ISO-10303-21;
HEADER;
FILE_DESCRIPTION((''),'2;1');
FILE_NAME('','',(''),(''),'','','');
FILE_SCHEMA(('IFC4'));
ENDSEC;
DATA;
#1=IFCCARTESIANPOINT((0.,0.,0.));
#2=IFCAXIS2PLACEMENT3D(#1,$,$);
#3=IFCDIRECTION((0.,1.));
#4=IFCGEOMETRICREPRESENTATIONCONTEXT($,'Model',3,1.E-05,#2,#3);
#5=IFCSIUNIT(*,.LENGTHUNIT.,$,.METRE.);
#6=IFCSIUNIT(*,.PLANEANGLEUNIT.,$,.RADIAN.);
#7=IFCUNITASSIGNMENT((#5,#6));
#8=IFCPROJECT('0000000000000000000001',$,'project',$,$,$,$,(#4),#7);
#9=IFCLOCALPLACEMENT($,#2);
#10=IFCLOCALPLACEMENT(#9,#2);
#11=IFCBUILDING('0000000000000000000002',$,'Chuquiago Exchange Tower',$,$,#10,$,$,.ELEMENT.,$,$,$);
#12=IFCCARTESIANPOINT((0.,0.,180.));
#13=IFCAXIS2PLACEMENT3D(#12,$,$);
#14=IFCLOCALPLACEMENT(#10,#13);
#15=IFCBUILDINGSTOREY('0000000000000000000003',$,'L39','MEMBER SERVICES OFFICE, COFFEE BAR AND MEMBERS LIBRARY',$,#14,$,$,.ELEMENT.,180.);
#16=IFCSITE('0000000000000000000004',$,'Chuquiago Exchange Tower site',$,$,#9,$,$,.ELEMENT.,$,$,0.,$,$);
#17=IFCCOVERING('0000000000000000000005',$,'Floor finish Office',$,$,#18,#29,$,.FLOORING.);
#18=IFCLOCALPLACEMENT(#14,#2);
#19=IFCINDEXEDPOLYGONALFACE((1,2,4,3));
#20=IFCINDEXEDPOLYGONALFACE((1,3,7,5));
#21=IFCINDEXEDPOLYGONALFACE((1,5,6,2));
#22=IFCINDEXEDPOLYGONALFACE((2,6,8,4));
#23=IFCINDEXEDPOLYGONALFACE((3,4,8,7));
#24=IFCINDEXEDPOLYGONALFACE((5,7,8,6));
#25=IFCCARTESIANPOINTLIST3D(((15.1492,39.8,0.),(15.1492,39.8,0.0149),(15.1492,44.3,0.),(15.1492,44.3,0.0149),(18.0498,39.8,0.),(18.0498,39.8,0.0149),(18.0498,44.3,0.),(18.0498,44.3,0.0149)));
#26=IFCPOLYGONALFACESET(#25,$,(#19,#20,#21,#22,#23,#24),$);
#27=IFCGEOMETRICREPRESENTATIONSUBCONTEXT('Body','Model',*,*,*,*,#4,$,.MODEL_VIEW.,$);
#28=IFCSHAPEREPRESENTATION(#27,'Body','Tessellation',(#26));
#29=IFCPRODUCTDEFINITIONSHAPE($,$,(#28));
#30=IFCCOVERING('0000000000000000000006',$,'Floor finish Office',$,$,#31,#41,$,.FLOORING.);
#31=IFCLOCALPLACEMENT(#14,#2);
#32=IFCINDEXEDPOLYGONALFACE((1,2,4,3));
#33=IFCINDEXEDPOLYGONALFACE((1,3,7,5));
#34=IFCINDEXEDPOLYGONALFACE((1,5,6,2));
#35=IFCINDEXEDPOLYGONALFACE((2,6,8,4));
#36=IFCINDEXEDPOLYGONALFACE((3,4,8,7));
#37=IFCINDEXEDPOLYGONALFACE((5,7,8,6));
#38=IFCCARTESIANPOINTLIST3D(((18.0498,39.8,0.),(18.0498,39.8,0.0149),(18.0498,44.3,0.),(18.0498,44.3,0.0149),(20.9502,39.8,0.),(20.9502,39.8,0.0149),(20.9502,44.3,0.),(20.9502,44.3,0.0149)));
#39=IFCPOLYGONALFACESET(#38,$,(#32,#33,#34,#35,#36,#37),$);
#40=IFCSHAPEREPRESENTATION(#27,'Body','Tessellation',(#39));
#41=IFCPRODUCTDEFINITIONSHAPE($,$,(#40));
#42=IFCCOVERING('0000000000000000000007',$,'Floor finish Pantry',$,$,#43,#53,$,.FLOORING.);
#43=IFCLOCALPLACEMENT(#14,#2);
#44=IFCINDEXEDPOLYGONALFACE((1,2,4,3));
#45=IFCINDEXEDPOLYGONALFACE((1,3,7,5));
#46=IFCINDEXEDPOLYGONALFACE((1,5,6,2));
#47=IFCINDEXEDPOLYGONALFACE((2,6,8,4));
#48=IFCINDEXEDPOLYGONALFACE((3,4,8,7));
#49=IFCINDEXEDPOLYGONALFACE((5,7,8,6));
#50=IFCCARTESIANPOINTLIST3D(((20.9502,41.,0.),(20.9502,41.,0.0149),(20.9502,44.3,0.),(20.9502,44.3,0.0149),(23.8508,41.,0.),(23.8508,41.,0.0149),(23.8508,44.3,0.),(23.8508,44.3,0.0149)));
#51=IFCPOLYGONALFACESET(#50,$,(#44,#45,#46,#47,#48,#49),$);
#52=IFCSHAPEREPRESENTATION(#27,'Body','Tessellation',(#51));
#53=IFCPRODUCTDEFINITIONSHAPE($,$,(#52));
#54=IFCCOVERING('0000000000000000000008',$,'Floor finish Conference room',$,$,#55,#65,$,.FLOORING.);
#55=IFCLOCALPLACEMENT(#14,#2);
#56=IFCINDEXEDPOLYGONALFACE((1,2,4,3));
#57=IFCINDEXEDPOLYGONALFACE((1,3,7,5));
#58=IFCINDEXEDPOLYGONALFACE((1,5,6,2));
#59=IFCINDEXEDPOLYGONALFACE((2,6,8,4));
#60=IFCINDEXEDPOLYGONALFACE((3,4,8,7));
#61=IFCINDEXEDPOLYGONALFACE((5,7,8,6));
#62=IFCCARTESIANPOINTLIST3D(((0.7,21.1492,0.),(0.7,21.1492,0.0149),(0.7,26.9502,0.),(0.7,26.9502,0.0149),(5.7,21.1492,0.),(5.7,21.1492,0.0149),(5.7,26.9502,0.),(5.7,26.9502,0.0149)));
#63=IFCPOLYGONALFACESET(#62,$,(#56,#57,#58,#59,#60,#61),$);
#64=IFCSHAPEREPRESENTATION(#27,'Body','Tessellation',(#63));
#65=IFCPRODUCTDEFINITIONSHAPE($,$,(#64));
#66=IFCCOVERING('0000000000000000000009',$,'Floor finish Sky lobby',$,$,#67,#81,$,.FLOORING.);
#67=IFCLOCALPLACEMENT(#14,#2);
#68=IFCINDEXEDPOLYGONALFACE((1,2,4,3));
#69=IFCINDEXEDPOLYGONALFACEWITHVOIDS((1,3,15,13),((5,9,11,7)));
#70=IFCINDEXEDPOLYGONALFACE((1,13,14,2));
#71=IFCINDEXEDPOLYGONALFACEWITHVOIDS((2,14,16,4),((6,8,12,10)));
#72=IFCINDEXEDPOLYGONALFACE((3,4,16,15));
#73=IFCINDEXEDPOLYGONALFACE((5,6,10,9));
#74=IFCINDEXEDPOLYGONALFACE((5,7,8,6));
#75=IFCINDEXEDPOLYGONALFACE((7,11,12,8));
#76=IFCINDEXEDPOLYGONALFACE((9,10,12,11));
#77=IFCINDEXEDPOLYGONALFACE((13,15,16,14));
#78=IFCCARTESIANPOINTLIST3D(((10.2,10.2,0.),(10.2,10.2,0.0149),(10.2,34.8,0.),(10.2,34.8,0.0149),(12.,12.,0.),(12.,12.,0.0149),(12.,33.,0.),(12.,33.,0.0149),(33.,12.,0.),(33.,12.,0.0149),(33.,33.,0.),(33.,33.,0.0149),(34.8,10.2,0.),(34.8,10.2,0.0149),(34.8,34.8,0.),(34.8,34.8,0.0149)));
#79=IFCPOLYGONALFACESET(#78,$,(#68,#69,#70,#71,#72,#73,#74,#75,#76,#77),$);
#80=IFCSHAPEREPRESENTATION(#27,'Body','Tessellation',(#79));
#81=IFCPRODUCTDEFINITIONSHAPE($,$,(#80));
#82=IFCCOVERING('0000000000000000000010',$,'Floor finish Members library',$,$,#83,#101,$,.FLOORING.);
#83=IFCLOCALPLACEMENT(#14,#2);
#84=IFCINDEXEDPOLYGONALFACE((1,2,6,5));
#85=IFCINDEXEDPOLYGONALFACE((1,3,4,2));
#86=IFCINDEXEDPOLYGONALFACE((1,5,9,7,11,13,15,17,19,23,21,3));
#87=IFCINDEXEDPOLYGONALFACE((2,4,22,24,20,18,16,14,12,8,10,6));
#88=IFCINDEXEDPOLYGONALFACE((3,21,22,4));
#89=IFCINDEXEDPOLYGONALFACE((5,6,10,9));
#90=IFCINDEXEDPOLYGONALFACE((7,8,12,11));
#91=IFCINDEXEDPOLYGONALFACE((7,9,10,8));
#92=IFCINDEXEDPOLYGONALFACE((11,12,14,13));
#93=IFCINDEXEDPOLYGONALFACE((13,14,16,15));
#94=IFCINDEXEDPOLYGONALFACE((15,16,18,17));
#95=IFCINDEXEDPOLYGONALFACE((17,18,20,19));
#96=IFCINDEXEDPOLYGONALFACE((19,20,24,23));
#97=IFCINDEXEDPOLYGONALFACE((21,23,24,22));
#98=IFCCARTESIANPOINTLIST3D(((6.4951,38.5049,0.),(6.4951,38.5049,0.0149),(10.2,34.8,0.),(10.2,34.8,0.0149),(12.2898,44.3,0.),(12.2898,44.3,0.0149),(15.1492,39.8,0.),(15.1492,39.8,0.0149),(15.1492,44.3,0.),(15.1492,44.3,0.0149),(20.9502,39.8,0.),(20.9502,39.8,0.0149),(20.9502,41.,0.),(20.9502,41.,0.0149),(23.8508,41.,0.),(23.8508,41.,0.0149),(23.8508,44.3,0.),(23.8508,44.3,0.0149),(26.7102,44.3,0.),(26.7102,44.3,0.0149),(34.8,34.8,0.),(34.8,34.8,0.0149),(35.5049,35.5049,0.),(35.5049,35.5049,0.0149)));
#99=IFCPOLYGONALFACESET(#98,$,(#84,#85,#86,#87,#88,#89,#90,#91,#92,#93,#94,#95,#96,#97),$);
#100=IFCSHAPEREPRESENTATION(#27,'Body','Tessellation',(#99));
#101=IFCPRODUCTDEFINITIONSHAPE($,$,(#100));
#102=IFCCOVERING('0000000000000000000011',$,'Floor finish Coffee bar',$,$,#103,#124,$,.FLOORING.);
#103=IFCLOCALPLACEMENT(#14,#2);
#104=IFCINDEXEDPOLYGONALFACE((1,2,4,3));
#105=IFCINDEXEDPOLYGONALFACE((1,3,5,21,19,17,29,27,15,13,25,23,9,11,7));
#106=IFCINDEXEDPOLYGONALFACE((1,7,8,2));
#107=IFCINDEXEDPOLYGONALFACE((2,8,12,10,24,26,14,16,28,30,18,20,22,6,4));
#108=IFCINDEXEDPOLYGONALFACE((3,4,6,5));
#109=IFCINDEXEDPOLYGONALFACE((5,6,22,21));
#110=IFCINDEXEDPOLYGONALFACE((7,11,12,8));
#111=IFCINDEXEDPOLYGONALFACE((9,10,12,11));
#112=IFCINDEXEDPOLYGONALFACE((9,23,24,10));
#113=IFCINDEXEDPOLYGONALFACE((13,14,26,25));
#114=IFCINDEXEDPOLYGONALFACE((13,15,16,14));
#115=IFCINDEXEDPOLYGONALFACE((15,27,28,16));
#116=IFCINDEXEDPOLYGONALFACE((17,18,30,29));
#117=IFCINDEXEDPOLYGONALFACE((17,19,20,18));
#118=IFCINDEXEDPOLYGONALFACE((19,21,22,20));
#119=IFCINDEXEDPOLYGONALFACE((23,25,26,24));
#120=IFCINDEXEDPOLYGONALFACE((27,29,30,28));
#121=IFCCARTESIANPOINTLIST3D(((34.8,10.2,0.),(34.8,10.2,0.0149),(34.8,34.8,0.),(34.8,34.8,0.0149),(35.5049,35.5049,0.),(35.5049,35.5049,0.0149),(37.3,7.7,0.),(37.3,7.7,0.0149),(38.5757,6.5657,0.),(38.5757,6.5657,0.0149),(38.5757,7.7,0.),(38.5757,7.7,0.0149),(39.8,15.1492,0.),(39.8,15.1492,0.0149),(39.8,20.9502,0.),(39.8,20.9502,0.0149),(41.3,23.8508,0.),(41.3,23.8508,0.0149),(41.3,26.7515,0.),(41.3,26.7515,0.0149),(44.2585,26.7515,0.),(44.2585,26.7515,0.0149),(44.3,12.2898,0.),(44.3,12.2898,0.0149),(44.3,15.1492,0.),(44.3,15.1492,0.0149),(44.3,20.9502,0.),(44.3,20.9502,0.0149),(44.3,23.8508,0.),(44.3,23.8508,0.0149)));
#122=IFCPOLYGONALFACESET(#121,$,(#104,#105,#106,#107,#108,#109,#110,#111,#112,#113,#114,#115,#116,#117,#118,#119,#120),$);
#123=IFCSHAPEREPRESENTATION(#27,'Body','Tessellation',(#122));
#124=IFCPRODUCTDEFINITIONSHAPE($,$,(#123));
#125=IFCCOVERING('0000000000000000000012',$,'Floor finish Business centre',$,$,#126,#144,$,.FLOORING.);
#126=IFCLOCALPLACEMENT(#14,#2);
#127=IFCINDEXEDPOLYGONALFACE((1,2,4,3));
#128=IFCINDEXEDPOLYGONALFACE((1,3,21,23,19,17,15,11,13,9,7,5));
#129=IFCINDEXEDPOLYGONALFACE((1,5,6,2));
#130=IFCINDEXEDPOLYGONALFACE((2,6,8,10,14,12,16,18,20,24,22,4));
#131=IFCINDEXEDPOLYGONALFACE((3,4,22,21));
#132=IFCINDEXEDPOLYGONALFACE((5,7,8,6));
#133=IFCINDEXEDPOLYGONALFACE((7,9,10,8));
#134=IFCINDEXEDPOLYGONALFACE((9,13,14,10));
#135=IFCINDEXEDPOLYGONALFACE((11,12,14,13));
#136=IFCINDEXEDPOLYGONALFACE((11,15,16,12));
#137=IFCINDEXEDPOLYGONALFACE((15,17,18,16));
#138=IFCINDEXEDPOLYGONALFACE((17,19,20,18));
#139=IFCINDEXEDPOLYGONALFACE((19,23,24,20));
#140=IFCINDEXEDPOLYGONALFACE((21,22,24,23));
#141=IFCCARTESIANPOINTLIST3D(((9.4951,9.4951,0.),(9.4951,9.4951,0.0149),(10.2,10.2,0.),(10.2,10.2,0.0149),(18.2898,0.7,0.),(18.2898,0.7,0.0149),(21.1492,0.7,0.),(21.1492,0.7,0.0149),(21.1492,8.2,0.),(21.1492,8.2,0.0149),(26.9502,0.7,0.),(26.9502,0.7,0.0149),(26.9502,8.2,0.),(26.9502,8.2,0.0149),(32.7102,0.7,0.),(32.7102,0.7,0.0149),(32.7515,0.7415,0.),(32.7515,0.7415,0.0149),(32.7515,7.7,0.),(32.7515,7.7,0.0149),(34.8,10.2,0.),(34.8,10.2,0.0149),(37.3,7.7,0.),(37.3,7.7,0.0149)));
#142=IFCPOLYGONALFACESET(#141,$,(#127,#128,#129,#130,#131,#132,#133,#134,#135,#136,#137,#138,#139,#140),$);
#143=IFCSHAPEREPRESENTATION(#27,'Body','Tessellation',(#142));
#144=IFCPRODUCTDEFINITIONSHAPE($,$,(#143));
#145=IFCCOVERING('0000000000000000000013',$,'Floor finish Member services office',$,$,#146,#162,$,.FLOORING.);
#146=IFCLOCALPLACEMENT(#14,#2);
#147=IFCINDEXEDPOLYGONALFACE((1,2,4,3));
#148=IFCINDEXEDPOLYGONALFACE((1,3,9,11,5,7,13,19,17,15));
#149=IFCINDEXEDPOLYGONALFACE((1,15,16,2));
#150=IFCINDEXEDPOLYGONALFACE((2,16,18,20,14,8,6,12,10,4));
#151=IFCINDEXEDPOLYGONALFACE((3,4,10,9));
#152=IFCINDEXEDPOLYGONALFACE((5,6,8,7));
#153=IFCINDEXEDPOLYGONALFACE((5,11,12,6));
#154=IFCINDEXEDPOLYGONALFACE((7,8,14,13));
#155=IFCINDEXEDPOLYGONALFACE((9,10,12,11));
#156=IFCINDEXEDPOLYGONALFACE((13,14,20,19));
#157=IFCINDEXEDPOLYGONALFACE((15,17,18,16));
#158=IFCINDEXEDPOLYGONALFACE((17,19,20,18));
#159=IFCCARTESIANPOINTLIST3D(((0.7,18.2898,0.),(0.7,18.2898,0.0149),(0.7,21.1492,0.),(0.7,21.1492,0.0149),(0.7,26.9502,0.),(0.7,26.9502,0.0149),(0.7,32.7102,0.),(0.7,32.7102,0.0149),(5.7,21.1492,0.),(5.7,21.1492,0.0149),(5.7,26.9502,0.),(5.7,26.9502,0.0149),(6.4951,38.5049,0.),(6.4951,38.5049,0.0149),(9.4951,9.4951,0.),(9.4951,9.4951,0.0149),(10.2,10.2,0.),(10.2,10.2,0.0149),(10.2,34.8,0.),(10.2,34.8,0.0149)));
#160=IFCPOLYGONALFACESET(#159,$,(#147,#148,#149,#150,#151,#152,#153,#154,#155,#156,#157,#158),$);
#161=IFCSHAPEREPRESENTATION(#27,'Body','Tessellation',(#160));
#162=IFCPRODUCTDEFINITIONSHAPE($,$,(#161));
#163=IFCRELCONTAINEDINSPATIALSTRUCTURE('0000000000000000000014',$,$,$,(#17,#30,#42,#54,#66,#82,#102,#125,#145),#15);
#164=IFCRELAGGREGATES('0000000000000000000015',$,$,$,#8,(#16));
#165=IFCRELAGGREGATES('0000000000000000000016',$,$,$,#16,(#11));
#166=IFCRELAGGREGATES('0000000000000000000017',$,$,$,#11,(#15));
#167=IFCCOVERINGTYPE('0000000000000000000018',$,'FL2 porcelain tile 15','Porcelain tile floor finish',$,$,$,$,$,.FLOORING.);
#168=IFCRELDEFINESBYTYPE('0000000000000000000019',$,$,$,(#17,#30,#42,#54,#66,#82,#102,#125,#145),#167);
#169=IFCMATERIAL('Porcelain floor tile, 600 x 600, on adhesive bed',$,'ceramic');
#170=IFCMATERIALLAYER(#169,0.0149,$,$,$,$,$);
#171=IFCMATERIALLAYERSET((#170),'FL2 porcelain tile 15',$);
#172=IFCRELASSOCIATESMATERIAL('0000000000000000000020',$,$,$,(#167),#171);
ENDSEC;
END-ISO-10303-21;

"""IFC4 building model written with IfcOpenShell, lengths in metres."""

from ifc_helpers import new_model, si_unit, direction, frame, origin, place, context, subcontext, project, spatial, polyline, outline, extrude, material, layer, layer_set, type_object, element, save


model = new_model("IFC4")

# Units and contexts
model_context = context("Model", 3, precision=1e-05, world=origin(), true_north=direction((0.0, 1.0)))
body_context = subcontext(model_context, "Body", "Model", "MODEL_VIEW")
ifc_project = project(units=[si_unit("LENGTHUNIT", "METRE"), si_unit("PLANEANGLEUNIT", "RADIAN")], contexts=[model_context])

# Site, building, storey
site_placement = place(None, origin())
site = spatial("IfcSite", under=ifc_project, at=site_placement, Name="Chuquiago Exchange Tower site", CompositionType="ELEMENT", RefElevation=0.0)
building_placement = place(site_placement, origin())
building = spatial("IfcBuilding", under=site, at=building_placement, Name="Chuquiago Exchange Tower", CompositionType="ELEMENT")
storey_placement = place(building_placement, frame((0.0, 0.0, 180.0)))
storey = spatial("IfcBuildingStorey", under=building, at=storey_placement, Name="L39", Description="MEMBER SERVICES OFFICE, COFFEE BAR AND MEMBERS LIBRARY", CompositionType="ELEMENT", Elevation=180.0)

# Coverings
ifc_material_1 = material(Name="Porcelain floor tile, 600 x 600, on adhesive bed", Category="ceramic")
ifc_layer_1 = layer(ifc_material_1, 0.0149)
ifc_layer_set_1 = layer_set([ifc_layer_1], Name="FL2 porcelain tile 15")
covering_type = type_object("IfcCoveringType", Name="FL2 porcelain tile 15", Description="Porcelain tile floor finish", PredefinedType="FLOORING", material=ifc_layer_set_1)
covering_1_placement = place(storey_placement, origin())
element("IfcCovering", 1, at=covering_1_placement, inside=storey, type_object=covering_type, Name="Floor finish Office", PredefinedType="FLOORING", context=body_context, shape_type="SweptSolid", body=[
    extrude(outline(polyline([(18.0498, 44.3), (18.0498, 39.8), (15.1492, 39.8), (15.1492, 44.3), (18.0498, 44.3)])), origin(), (0.0, 0.0, 1.0), 0.0149),
])
covering_2_placement = place(storey_placement, origin())
element("IfcCovering", 2, at=covering_2_placement, inside=storey, type_object=covering_type, Name="Floor finish Office", PredefinedType="FLOORING", context=body_context, shape_type="SweptSolid", body=[
    extrude(outline(polyline([(20.9502, 44.3), (20.9502, 39.8), (18.0498, 39.8), (18.0498, 44.3), (20.9502, 44.3)])), origin(), (0.0, 0.0, 1.0), 0.0149),
])
covering_3_placement = place(storey_placement, origin())
element("IfcCovering", 3, at=covering_3_placement, inside=storey, type_object=covering_type, Name="Floor finish Pantry", PredefinedType="FLOORING", context=body_context, shape_type="SweptSolid", body=[
    extrude(outline(polyline([(23.8508, 44.3), (23.8508, 41.0), (20.9502, 41.0), (20.9502, 44.3), (23.8508, 44.3)])), origin(), (0.0, 0.0, 1.0), 0.0149),
])
covering_4_placement = place(storey_placement, origin())
element("IfcCovering", 4, at=covering_4_placement, inside=storey, type_object=covering_type, Name="Floor finish Conference room", PredefinedType="FLOORING", context=body_context, shape_type="SweptSolid", body=[
    extrude(outline(polyline([(0.7, 26.9502), (5.7, 26.9502), (5.7, 21.1492), (0.7, 21.1492), (0.7, 26.9502)])), origin(), (0.0, 0.0, 1.0), 0.0149),
])
covering_5_placement = place(storey_placement, origin())
element("IfcCovering", 5, at=covering_5_placement, inside=storey, type_object=covering_type, Name="Floor finish Sky lobby", PredefinedType="FLOORING", context=body_context, shape_type="SweptSolid", body=[
    extrude(outline(polyline([(10.2, 10.2), (10.2, 34.8), (34.8, 34.8), (34.8, 10.2), (10.2, 10.2)]), holes=[polyline([(12.0, 12.0), (33.0, 12.0), (33.0, 33.0), (12.0, 33.0), (12.0, 12.0)])]), origin(), (0.0, 0.0, 1.0), 0.0149),
])
covering_6_placement = place(storey_placement, origin())
element("IfcCovering", 6, at=covering_6_placement, inside=storey, type_object=covering_type, Name="Floor finish Members library", PredefinedType="FLOORING", context=body_context, shape_type="SweptSolid", body=[
    extrude(outline(polyline([(12.2898, 44.3), (15.1492, 44.3), (15.1492, 39.8), (20.9502, 39.8), (20.9502, 41.0), (23.8508, 41.0), (23.8508, 44.3), (26.7102, 44.3), (35.5049, 35.5049), (34.8, 34.8), (10.2, 34.8), (6.4951, 38.5049), (12.2898, 44.3)])), origin(), (0.0, 0.0, 1.0), 0.0149),
])
covering_7_placement = place(storey_placement, origin())
element("IfcCovering", 7, at=covering_7_placement, inside=storey, type_object=covering_type, Name="Floor finish Coffee bar", PredefinedType="FLOORING", context=body_context, shape_type="SweptSolid", body=[
    extrude(outline(polyline([(44.2585, 26.7515), (41.3, 26.7515), (41.3, 23.8508), (44.3, 23.8508), (44.3, 20.9502), (39.8, 20.9502), (39.8, 15.1492), (44.3, 15.1492), (44.3, 12.2898), (38.5757, 6.5657), (38.5757, 7.7), (37.3, 7.7), (34.8, 10.2), (34.8, 34.8), (35.5049, 35.5049), (44.2585, 26.7515)])), origin(), (0.0, 0.0, 1.0), 0.0149),
])
covering_8_placement = place(storey_placement, origin())
element("IfcCovering", 8, at=covering_8_placement, inside=storey, type_object=covering_type, Name="Floor finish Business centre", PredefinedType="FLOORING", context=body_context, shape_type="SweptSolid", body=[
    extrude(outline(polyline([(32.7515, 7.7), (32.7515, 0.7415), (32.7102, 0.7), (26.9502, 0.7), (26.9502, 8.2), (21.1492, 8.2), (21.1492, 0.7), (18.2898, 0.7), (9.4951, 9.4951), (10.2, 10.2), (34.8, 10.2), (37.3, 7.7), (32.7515, 7.7)])), origin(), (0.0, 0.0, 1.0), 0.0149),
])
covering_9_placement = place(storey_placement, origin())
element("IfcCovering", 9, at=covering_9_placement, inside=storey, type_object=covering_type, Name="Floor finish Member services office", PredefinedType="FLOORING", context=body_context, shape_type="SweptSolid", body=[
    extrude(outline(polyline([(5.7, 26.9502), (0.7, 26.9502), (0.7, 32.7102), (6.4951, 38.5049), (10.2, 34.8), (10.2, 10.2), (9.4951, 9.4951), (0.7, 18.2898), (0.7, 21.1492), (5.7, 21.1492), (5.7, 26.9502)])), origin(), (0.0, 0.0, 1.0), 0.0149),
])

save(model, "model.ifc")
